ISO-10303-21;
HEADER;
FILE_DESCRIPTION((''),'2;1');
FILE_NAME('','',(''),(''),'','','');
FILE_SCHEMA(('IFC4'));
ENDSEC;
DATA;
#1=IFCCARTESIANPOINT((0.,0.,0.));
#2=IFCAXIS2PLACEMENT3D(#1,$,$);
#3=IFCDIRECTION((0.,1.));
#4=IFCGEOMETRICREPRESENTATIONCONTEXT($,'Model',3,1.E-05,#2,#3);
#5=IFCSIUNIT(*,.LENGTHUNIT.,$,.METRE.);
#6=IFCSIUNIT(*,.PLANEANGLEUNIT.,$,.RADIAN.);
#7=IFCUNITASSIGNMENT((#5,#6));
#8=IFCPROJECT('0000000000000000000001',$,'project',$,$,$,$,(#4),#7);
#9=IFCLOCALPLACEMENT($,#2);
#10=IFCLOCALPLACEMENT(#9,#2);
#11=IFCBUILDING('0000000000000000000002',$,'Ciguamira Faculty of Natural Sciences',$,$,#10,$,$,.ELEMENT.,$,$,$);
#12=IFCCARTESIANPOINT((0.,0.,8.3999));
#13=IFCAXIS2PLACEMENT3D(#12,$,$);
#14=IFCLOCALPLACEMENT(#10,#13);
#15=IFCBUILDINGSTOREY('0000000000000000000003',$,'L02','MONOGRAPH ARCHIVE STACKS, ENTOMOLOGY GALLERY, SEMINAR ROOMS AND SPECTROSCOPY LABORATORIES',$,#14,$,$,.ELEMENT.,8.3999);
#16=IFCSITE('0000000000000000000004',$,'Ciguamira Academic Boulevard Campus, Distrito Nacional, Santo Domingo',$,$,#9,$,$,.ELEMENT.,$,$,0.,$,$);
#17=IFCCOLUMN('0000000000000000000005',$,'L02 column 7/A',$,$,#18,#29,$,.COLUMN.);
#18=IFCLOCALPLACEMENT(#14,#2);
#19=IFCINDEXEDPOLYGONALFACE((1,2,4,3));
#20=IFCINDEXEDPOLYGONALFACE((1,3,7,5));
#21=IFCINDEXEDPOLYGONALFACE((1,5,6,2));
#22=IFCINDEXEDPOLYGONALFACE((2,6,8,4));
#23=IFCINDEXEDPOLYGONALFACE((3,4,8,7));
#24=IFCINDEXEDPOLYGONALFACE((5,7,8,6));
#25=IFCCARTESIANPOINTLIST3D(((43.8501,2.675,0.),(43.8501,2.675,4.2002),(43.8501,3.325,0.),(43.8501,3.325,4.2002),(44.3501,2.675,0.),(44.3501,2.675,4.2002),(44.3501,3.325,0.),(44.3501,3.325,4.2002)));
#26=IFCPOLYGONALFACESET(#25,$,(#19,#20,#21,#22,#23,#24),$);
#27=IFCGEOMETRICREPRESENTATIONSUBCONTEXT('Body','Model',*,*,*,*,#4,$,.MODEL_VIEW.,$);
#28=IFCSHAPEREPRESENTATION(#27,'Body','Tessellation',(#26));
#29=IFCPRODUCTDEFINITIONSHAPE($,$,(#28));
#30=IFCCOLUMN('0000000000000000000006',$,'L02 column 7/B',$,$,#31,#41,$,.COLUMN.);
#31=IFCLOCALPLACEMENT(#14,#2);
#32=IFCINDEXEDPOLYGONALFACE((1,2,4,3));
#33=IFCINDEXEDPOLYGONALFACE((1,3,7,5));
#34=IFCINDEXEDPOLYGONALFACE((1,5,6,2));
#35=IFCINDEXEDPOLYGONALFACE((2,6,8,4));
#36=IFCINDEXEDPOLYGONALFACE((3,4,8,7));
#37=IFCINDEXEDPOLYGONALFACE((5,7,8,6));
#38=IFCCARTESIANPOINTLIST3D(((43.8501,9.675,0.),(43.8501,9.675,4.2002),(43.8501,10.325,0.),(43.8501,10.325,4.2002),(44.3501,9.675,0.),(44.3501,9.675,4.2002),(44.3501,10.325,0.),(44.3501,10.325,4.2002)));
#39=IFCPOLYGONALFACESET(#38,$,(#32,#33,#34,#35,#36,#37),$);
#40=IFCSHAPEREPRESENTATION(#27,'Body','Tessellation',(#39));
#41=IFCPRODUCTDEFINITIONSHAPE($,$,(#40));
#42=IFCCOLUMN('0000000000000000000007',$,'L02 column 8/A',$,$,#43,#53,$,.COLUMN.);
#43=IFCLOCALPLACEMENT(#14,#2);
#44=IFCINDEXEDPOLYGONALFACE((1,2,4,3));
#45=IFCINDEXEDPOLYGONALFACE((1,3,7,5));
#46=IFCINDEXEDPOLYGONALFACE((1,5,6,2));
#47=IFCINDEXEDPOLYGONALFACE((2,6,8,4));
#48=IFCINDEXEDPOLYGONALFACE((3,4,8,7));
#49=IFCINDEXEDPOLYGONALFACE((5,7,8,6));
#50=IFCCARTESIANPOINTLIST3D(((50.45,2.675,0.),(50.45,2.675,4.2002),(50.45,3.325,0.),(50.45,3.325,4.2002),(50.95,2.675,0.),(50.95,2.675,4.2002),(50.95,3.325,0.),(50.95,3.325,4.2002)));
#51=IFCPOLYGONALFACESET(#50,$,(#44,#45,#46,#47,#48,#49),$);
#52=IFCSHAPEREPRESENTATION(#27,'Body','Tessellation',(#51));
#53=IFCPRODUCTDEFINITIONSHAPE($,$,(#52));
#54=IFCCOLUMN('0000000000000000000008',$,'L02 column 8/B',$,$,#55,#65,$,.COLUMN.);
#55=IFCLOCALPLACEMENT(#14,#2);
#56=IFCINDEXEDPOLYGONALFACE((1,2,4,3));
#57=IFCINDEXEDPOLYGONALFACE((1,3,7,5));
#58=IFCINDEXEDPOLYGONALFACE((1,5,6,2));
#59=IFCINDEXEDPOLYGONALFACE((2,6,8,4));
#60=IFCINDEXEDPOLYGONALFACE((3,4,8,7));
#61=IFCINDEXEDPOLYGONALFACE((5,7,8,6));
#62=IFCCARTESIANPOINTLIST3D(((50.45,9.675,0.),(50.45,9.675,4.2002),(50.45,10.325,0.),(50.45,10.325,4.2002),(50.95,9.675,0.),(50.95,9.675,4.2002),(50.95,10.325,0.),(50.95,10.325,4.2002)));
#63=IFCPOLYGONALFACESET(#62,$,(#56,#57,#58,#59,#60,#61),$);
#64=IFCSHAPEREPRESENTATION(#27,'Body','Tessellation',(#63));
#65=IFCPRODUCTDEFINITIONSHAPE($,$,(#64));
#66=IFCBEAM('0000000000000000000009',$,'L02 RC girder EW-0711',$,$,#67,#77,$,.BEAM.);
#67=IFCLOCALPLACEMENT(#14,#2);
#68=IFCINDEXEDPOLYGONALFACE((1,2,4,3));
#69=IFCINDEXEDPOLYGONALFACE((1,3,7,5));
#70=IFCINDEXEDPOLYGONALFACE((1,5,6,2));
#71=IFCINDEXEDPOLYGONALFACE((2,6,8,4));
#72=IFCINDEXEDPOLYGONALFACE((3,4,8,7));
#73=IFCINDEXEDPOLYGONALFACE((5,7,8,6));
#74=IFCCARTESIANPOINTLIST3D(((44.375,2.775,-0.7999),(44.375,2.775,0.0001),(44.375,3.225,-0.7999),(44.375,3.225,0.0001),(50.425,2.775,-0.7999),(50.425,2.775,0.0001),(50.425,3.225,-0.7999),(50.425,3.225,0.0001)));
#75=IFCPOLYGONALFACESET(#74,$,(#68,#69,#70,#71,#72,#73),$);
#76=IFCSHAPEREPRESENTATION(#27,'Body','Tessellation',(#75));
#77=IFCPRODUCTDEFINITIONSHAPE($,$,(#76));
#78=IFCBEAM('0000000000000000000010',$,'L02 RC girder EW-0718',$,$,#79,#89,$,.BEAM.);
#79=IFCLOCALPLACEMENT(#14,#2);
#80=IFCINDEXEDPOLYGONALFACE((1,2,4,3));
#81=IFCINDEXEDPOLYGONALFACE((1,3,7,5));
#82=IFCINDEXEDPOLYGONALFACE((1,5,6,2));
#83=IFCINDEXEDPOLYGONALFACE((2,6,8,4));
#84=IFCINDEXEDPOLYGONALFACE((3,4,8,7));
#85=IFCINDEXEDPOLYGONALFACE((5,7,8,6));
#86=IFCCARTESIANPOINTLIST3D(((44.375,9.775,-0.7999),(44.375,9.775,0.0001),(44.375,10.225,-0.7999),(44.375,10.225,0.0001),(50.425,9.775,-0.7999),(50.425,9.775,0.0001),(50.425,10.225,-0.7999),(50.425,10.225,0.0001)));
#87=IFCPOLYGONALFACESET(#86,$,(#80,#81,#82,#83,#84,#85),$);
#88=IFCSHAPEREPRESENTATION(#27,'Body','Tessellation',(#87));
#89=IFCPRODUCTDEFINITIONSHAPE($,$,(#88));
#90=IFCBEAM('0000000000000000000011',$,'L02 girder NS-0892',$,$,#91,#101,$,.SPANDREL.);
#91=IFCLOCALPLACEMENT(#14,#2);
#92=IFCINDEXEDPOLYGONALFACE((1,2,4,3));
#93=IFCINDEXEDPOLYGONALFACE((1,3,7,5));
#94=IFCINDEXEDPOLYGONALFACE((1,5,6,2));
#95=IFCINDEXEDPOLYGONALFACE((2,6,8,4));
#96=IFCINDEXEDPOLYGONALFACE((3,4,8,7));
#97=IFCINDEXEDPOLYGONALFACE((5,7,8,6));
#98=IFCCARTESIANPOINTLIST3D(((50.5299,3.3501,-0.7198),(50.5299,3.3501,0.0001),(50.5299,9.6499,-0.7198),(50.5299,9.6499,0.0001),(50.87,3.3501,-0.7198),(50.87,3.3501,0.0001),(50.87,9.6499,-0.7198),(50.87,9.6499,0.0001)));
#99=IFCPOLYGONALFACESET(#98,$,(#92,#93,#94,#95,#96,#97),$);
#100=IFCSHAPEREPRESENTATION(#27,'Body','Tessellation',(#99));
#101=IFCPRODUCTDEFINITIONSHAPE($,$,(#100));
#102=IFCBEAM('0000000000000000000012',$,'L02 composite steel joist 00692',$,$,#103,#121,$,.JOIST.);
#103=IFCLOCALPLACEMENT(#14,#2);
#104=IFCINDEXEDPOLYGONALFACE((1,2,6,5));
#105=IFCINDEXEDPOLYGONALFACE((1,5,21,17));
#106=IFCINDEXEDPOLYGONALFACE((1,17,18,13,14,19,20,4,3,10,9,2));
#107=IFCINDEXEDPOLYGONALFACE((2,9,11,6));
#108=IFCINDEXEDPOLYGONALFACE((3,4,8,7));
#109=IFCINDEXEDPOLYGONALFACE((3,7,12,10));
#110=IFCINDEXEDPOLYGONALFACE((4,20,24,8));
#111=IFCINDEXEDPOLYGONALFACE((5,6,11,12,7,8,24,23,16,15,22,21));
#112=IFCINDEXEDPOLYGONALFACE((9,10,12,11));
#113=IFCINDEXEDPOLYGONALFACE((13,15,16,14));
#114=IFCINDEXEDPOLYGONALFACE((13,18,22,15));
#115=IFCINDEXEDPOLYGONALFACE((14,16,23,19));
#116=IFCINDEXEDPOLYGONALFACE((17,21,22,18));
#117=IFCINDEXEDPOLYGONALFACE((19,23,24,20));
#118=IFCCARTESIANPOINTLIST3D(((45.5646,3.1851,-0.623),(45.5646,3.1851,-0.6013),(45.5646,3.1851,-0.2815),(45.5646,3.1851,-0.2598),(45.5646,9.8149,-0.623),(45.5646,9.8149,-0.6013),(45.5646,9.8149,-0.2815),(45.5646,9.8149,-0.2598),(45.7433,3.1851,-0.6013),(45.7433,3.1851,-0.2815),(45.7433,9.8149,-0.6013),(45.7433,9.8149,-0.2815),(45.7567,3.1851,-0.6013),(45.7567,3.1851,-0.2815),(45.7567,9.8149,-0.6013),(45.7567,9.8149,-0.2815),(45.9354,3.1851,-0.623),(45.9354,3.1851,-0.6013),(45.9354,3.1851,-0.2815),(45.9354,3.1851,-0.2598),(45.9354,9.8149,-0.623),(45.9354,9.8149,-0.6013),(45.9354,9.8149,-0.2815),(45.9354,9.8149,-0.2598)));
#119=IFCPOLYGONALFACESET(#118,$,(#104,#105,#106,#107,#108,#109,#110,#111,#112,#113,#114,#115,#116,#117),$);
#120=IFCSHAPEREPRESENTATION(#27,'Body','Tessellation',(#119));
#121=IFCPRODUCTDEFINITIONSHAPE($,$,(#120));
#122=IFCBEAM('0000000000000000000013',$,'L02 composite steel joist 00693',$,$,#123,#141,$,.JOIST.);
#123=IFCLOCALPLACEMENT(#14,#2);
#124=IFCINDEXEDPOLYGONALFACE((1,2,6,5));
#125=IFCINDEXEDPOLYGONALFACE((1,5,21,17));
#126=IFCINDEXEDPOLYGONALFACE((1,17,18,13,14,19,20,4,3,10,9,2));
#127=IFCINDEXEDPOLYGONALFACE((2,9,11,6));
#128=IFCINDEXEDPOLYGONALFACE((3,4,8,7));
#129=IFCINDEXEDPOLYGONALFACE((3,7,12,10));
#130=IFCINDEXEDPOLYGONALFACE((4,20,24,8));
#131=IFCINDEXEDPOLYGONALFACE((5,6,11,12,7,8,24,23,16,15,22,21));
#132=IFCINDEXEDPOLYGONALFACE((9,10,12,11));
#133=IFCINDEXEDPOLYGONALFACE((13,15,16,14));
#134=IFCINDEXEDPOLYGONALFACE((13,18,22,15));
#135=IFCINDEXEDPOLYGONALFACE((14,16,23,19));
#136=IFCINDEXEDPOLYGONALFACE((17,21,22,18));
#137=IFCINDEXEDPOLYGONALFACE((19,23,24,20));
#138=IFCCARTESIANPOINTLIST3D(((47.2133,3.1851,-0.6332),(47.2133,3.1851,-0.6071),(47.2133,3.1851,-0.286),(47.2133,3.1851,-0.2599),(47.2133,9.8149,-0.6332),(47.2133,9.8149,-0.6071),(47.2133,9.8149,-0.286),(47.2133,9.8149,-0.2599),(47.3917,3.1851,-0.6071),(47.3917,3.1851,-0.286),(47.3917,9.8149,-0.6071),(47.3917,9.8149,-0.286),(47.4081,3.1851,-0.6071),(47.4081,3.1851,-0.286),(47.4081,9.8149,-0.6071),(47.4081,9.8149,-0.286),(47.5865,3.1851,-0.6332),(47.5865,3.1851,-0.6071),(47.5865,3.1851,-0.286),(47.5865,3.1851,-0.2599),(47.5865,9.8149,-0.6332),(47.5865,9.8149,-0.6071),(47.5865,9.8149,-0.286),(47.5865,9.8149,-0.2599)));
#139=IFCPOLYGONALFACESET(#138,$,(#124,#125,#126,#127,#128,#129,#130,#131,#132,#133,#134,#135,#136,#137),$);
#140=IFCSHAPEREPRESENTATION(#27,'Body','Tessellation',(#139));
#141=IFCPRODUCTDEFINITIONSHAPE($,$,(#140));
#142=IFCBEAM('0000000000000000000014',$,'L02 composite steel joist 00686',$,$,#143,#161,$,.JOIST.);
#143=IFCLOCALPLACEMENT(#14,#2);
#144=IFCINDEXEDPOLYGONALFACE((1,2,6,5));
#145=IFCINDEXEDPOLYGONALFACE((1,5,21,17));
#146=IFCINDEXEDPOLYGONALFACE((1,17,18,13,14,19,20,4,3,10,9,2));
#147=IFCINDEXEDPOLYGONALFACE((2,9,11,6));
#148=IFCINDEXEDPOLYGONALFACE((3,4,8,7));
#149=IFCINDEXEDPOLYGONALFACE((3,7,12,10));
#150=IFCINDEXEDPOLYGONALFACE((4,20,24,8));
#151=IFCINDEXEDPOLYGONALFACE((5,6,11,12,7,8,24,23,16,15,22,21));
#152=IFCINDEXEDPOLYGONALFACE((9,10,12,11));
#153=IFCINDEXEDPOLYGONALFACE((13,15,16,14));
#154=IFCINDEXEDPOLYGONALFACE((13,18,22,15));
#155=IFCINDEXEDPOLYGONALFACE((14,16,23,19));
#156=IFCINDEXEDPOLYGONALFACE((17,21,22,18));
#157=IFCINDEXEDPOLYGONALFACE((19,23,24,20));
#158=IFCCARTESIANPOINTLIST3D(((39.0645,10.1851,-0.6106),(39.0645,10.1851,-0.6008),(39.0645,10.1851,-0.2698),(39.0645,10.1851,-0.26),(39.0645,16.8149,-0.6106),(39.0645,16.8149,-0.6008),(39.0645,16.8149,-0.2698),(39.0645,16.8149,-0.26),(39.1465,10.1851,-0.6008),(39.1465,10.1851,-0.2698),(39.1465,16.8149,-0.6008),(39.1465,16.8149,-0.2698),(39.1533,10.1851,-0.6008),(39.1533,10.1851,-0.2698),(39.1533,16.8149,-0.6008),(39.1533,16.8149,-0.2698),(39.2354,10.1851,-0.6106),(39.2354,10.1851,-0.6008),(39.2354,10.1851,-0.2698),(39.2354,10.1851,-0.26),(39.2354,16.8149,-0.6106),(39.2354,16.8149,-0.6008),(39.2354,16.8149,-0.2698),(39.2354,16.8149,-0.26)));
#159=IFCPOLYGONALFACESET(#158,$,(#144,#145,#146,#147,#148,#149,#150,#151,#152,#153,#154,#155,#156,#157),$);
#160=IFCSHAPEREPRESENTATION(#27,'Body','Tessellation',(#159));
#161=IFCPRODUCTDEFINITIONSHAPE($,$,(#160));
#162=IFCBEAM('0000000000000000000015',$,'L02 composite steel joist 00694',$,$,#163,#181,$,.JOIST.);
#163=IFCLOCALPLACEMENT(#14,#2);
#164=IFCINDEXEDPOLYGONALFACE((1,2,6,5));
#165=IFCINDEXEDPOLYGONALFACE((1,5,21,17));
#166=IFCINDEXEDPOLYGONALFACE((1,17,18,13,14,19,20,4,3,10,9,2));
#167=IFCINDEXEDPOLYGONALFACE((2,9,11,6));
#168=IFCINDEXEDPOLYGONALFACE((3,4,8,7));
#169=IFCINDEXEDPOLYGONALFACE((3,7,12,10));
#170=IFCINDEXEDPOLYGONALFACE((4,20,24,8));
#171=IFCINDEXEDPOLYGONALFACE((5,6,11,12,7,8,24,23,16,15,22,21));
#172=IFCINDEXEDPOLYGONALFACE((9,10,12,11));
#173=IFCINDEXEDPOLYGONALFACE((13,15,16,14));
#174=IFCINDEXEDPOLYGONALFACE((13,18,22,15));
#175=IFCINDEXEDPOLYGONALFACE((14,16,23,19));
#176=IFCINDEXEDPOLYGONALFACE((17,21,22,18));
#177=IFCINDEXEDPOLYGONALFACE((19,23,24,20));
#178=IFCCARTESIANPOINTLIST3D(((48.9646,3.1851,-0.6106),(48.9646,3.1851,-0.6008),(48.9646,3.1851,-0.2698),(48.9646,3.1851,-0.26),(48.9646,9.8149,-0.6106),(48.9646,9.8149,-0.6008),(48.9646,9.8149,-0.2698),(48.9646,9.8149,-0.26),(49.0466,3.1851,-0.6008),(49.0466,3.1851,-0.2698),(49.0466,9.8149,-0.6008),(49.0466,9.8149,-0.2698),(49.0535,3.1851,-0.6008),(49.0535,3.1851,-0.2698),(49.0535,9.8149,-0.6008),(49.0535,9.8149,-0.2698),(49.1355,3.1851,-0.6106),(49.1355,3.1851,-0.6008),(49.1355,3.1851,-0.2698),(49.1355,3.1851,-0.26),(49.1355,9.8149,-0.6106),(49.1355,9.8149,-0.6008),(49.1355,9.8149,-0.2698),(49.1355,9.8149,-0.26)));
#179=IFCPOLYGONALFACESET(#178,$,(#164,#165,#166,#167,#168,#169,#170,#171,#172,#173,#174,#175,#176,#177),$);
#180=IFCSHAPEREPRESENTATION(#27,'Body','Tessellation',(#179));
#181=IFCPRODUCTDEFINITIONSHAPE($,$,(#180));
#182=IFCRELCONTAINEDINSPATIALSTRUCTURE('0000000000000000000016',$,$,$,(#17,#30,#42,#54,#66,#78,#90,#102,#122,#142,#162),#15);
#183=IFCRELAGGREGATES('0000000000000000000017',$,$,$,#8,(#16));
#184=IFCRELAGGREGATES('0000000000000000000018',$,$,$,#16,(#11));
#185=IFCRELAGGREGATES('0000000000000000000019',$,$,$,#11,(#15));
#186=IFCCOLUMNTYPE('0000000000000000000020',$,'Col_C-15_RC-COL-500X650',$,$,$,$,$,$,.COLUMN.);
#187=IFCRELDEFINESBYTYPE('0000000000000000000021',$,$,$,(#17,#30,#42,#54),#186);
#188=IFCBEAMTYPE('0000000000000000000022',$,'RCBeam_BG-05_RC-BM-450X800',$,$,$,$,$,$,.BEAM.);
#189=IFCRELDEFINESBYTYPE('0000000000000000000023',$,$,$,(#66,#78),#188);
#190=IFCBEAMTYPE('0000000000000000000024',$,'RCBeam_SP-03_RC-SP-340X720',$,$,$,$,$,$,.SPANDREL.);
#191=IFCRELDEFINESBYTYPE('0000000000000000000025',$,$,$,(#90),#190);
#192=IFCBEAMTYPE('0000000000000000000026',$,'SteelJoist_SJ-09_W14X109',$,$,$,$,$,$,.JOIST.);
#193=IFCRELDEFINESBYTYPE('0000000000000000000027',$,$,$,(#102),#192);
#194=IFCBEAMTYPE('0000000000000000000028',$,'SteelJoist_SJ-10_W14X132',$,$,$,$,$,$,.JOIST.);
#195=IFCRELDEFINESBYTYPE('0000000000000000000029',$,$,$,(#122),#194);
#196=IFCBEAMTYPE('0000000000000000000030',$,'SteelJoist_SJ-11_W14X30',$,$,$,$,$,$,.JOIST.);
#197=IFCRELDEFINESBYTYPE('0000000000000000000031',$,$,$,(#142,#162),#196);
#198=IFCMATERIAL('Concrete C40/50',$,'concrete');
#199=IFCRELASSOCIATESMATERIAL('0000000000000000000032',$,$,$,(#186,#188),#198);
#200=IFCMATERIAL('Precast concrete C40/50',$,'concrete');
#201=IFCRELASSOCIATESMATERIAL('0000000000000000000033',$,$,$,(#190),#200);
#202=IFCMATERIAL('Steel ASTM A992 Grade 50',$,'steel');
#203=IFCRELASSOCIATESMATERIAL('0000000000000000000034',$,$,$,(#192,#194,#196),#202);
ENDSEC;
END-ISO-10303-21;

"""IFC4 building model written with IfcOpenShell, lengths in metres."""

from ifc_helpers import new_model, si_unit, direction, frame, origin, origin_2d, place, context, subcontext, project, spatial, rectangle, i_section, extrude, material, material_profile, profile_set, type_object, element, save


model = new_model("IFC4")

# Units and contexts
model_context = context("Model", 3, precision=1e-05, world=origin(), true_north=direction((0.0, 1.0)))
body_context = subcontext(model_context, "Body", "Model", "MODEL_VIEW")
ifc_project = project(units=[si_unit("LENGTHUNIT", "METRE"), si_unit("PLANEANGLEUNIT", "RADIAN")], contexts=[model_context])

# Site, building, storey
site_placement = place(None, origin())
site = spatial("IfcSite", under=ifc_project, at=site_placement, Name="Ciguamira Academic Boulevard Campus, Distrito Nacional, Santo Domingo", CompositionType="ELEMENT", RefElevation=0.0)
building_placement = place(site_placement, origin())
building = spatial("IfcBuilding", under=site, at=building_placement, Name="Ciguamira Faculty of Natural Sciences", CompositionType="ELEMENT")
storey_placement = place(building_placement, frame((0.0, 0.0, 8.3999)))
storey = spatial("IfcBuildingStorey", under=building, at=storey_placement, Name="L02", Description="MONOGRAPH ARCHIVE STACKS, ENTOMOLOGY GALLERY, SEMINAR ROOMS AND SPECTROSCOPY LABORATORIES", CompositionType="ELEMENT", Elevation=8.3999)

# Columns
ifc_material_1 = material(Name="Concrete C40/50", Category="concrete")
ifc_material_profile_1 = material_profile(ifc_material_1, rectangle(XDim=0.5, YDim=0.6499, at=origin_2d()), Name="RC-COL-500X650")
ifc_profile_set_1 = profile_set([ifc_material_profile_1], Name="Concrete C40/50")
column_type = type_object("IfcColumnType", Name="Col_C-15_RC-COL-500X650", PredefinedType="COLUMN", material=ifc_profile_set_1)
for number, where, z_axis, x_axis, name in (
    (1, (44.1001, 3.0, 0.0), (0.0, 0.0, 1.0), (1.0, 0.0, 0.0), "L02 column 7/A"),
    (2, (44.1001, 10.0, 0.0), (0.0, 0.0, 1.0), (1.0, 0.0, 0.0), "L02 column 7/B"),
    (3, (50.7, 3.0, 0.0), (0.0, 0.0, 1.0), (1.0, 0.0, 0.0), "L02 column 8/A"),
    (4, (50.7, 10.0, 0.0), (0.0, 0.0, 1.0), (1.0, 0.0, 0.0), "L02 column 8/B"),
):
    element("IfcColumn", number, at=place(storey_placement, frame(where, z_axis=z_axis, x_axis=x_axis)), inside=storey, type_object=column_type, Name=name, PredefinedType="COLUMN", context=body_context, shape_type="SweptSolid", body=[
        extrude(rectangle(XDim=0.5, YDim=0.6499, at=origin_2d()), origin(), (0.0, 0.0, 1.0), 4.2002),
    ])

# Beams
ifc_material_profile_2 = material_profile(ifc_material_1, rectangle(XDim=0.45, YDim=0.8, at=origin_2d()), Name="RC-BM-450X800")
ifc_profile_set_2 = profile_set([ifc_material_profile_2], Name="Concrete C40/50")
beam_type_1 = type_object("IfcBeamType", Name="RCBeam_BG-05_RC-BM-450X800", PredefinedType="BEAM", material=ifc_profile_set_2)
for number, where, z_axis, x_axis, name in (
    (5, (44.375, 3.0, -0.3999), (1.0, 0.0, 0.0), (0.0, 1.0, 0.0), "L02 RC girder EW-0711"),
    (6, (44.375, 10.0, -0.3999), (1.0, 0.0, 0.0), (0.0, 1.0, 0.0), "L02 RC girder EW-0718"),
):
    element("IfcBeam", number, at=place(storey_placement, frame(where, z_axis=z_axis, x_axis=x_axis)), inside=storey, type_object=beam_type_1, Name=name, PredefinedType="BEAM", context=body_context, shape_type="SweptSolid", body=[
        extrude(rectangle(XDim=0.45, YDim=0.8, at=origin_2d()), origin(), (0.0, 0.0, 1.0), 6.05),
    ])
ifc_material_2 = material(Name="Precast concrete C40/50", Category="concrete")
ifc_material_profile_3 = material_profile(ifc_material_2, rectangle(XDim=0.3401, YDim=0.72, at=origin_2d()), Name="RC-SP-340X720")
ifc_profile_set_3 = profile_set([ifc_material_profile_3], Name="Precast concrete C40/50")
beam_type_2 = type_object("IfcBeamType", Name="RCBeam_SP-03_RC-SP-340X720", PredefinedType="SPANDREL", material=ifc_profile_set_3)
beam_1_placement = place(storey_placement, frame((50.7, 3.3501, -0.3599), z_axis=(0.0, 1.0, 0.0), x_axis=(-1.0, 0.0, 0.0)))
element("IfcBeam", 7, at=beam_1_placement, inside=storey, type_object=beam_type_2, Name="L02 girder NS-0892", PredefinedType="SPANDREL", context=body_context, shape_type="SweptSolid", body=[
    extrude(rectangle(XDim=0.3401, YDim=0.72, at=origin_2d()), origin(), (0.0, 0.0, 1.0), 6.2998),
])
ifc_material_3 = material(Name="Steel ASTM A992 Grade 50", Category="steel")
ifc_material_profile_4 = material_profile(ifc_material_3, i_section(OverallWidth=0.3708, OverallDepth=0.3633, WebThickness=0.0134, FlangeThickness=0.0217, at=origin_2d()), Name="W14X109")
ifc_profile_set_4 = profile_set([ifc_material_profile_4], Name="Steel ASTM A992 Grade 50")
beam_type_3 = type_object("IfcBeamType", Name="SteelJoist_SJ-09_W14X109", PredefinedType="JOIST", material=ifc_profile_set_4)
beam_2_placement = place(storey_placement, frame((45.75, 3.1851, -0.4414), z_axis=(0.0, 1.0, 0.0), x_axis=(-1.0, 0.0, 0.0)))
element("IfcBeam", 8, at=beam_2_placement, inside=storey, type_object=beam_type_3, Name="L02 composite steel joist 00692", PredefinedType="JOIST", context=body_context, shape_type="SweptSolid", body=[
    extrude(i_section(OverallWidth=0.3708, OverallDepth=0.3633, WebThickness=0.0134, FlangeThickness=0.0217, at=origin_2d()), origin(), (0.0, 0.0, 1.0), 6.6299),
])
ifc_material_profile_5 = material_profile(ifc_material_3, i_section(OverallWidth=0.3733, OverallDepth=0.3733, WebThickness=0.0164, FlangeThickness=0.0261, at=origin_2d()), Name="W14X132")
ifc_profile_set_5 = profile_set([ifc_material_profile_5], Name="Steel ASTM A992 Grade 50")
beam_type_4 = type_object("IfcBeamType", Name="SteelJoist_SJ-10_W14X132", PredefinedType="JOIST", material=ifc_profile_set_5)
beam_3_placement = place(storey_placement, frame((47.3999, 3.1851, -0.4465), z_axis=(0.0, 1.0, 0.0), x_axis=(-1.0, 0.0, 0.0)))
element("IfcBeam", 9, at=beam_3_placement, inside=storey, type_object=beam_type_4, Name="L02 composite steel joist 00693", PredefinedType="JOIST", context=body_context, shape_type="SweptSolid", body=[
    extrude(i_section(OverallWidth=0.3733, OverallDepth=0.3733, WebThickness=0.0164, FlangeThickness=0.0261, at=origin_2d()), origin(), (0.0, 0.0, 1.0), 6.6299),
])
ifc_material_profile_6 = material_profile(ifc_material_3, i_section(OverallWidth=0.1709, OverallDepth=0.3506, WebThickness=0.0068, FlangeThickness=0.0098, at=origin_2d()), Name="W14X30")
ifc_profile_set_6 = profile_set([ifc_material_profile_6], Name="Steel ASTM A992 Grade 50")
beam_type_5 = type_object("IfcBeamType", Name="SteelJoist_SJ-11_W14X30", PredefinedType="JOIST", material=ifc_profile_set_6)
for number, where, z_axis, x_axis, name in (
    (10, (39.1499, 10.1851, -0.4353), (0.0, 1.0, 0.0), (-1.0, 0.0, 0.0), "L02 composite steel joist 00686"),
    (11, (49.05, 3.1851, -0.4353), (0.0, 1.0, 0.0), (-1.0, 0.0, 0.0), "L02 composite steel joist 00694"),
):
    element("IfcBeam", number, at=place(storey_placement, frame(where, z_axis=z_axis, x_axis=x_axis)), inside=storey, type_object=beam_type_5, Name=name, PredefinedType="JOIST", context=body_context, shape_type="SweptSolid", body=[
        extrude(i_section(OverallWidth=0.1709, OverallDepth=0.3506, WebThickness=0.0068, FlangeThickness=0.0098, at=origin_2d()), origin(), (0.0, 0.0, 1.0), 6.6299),
    ])

save(model, "model.ifc")
